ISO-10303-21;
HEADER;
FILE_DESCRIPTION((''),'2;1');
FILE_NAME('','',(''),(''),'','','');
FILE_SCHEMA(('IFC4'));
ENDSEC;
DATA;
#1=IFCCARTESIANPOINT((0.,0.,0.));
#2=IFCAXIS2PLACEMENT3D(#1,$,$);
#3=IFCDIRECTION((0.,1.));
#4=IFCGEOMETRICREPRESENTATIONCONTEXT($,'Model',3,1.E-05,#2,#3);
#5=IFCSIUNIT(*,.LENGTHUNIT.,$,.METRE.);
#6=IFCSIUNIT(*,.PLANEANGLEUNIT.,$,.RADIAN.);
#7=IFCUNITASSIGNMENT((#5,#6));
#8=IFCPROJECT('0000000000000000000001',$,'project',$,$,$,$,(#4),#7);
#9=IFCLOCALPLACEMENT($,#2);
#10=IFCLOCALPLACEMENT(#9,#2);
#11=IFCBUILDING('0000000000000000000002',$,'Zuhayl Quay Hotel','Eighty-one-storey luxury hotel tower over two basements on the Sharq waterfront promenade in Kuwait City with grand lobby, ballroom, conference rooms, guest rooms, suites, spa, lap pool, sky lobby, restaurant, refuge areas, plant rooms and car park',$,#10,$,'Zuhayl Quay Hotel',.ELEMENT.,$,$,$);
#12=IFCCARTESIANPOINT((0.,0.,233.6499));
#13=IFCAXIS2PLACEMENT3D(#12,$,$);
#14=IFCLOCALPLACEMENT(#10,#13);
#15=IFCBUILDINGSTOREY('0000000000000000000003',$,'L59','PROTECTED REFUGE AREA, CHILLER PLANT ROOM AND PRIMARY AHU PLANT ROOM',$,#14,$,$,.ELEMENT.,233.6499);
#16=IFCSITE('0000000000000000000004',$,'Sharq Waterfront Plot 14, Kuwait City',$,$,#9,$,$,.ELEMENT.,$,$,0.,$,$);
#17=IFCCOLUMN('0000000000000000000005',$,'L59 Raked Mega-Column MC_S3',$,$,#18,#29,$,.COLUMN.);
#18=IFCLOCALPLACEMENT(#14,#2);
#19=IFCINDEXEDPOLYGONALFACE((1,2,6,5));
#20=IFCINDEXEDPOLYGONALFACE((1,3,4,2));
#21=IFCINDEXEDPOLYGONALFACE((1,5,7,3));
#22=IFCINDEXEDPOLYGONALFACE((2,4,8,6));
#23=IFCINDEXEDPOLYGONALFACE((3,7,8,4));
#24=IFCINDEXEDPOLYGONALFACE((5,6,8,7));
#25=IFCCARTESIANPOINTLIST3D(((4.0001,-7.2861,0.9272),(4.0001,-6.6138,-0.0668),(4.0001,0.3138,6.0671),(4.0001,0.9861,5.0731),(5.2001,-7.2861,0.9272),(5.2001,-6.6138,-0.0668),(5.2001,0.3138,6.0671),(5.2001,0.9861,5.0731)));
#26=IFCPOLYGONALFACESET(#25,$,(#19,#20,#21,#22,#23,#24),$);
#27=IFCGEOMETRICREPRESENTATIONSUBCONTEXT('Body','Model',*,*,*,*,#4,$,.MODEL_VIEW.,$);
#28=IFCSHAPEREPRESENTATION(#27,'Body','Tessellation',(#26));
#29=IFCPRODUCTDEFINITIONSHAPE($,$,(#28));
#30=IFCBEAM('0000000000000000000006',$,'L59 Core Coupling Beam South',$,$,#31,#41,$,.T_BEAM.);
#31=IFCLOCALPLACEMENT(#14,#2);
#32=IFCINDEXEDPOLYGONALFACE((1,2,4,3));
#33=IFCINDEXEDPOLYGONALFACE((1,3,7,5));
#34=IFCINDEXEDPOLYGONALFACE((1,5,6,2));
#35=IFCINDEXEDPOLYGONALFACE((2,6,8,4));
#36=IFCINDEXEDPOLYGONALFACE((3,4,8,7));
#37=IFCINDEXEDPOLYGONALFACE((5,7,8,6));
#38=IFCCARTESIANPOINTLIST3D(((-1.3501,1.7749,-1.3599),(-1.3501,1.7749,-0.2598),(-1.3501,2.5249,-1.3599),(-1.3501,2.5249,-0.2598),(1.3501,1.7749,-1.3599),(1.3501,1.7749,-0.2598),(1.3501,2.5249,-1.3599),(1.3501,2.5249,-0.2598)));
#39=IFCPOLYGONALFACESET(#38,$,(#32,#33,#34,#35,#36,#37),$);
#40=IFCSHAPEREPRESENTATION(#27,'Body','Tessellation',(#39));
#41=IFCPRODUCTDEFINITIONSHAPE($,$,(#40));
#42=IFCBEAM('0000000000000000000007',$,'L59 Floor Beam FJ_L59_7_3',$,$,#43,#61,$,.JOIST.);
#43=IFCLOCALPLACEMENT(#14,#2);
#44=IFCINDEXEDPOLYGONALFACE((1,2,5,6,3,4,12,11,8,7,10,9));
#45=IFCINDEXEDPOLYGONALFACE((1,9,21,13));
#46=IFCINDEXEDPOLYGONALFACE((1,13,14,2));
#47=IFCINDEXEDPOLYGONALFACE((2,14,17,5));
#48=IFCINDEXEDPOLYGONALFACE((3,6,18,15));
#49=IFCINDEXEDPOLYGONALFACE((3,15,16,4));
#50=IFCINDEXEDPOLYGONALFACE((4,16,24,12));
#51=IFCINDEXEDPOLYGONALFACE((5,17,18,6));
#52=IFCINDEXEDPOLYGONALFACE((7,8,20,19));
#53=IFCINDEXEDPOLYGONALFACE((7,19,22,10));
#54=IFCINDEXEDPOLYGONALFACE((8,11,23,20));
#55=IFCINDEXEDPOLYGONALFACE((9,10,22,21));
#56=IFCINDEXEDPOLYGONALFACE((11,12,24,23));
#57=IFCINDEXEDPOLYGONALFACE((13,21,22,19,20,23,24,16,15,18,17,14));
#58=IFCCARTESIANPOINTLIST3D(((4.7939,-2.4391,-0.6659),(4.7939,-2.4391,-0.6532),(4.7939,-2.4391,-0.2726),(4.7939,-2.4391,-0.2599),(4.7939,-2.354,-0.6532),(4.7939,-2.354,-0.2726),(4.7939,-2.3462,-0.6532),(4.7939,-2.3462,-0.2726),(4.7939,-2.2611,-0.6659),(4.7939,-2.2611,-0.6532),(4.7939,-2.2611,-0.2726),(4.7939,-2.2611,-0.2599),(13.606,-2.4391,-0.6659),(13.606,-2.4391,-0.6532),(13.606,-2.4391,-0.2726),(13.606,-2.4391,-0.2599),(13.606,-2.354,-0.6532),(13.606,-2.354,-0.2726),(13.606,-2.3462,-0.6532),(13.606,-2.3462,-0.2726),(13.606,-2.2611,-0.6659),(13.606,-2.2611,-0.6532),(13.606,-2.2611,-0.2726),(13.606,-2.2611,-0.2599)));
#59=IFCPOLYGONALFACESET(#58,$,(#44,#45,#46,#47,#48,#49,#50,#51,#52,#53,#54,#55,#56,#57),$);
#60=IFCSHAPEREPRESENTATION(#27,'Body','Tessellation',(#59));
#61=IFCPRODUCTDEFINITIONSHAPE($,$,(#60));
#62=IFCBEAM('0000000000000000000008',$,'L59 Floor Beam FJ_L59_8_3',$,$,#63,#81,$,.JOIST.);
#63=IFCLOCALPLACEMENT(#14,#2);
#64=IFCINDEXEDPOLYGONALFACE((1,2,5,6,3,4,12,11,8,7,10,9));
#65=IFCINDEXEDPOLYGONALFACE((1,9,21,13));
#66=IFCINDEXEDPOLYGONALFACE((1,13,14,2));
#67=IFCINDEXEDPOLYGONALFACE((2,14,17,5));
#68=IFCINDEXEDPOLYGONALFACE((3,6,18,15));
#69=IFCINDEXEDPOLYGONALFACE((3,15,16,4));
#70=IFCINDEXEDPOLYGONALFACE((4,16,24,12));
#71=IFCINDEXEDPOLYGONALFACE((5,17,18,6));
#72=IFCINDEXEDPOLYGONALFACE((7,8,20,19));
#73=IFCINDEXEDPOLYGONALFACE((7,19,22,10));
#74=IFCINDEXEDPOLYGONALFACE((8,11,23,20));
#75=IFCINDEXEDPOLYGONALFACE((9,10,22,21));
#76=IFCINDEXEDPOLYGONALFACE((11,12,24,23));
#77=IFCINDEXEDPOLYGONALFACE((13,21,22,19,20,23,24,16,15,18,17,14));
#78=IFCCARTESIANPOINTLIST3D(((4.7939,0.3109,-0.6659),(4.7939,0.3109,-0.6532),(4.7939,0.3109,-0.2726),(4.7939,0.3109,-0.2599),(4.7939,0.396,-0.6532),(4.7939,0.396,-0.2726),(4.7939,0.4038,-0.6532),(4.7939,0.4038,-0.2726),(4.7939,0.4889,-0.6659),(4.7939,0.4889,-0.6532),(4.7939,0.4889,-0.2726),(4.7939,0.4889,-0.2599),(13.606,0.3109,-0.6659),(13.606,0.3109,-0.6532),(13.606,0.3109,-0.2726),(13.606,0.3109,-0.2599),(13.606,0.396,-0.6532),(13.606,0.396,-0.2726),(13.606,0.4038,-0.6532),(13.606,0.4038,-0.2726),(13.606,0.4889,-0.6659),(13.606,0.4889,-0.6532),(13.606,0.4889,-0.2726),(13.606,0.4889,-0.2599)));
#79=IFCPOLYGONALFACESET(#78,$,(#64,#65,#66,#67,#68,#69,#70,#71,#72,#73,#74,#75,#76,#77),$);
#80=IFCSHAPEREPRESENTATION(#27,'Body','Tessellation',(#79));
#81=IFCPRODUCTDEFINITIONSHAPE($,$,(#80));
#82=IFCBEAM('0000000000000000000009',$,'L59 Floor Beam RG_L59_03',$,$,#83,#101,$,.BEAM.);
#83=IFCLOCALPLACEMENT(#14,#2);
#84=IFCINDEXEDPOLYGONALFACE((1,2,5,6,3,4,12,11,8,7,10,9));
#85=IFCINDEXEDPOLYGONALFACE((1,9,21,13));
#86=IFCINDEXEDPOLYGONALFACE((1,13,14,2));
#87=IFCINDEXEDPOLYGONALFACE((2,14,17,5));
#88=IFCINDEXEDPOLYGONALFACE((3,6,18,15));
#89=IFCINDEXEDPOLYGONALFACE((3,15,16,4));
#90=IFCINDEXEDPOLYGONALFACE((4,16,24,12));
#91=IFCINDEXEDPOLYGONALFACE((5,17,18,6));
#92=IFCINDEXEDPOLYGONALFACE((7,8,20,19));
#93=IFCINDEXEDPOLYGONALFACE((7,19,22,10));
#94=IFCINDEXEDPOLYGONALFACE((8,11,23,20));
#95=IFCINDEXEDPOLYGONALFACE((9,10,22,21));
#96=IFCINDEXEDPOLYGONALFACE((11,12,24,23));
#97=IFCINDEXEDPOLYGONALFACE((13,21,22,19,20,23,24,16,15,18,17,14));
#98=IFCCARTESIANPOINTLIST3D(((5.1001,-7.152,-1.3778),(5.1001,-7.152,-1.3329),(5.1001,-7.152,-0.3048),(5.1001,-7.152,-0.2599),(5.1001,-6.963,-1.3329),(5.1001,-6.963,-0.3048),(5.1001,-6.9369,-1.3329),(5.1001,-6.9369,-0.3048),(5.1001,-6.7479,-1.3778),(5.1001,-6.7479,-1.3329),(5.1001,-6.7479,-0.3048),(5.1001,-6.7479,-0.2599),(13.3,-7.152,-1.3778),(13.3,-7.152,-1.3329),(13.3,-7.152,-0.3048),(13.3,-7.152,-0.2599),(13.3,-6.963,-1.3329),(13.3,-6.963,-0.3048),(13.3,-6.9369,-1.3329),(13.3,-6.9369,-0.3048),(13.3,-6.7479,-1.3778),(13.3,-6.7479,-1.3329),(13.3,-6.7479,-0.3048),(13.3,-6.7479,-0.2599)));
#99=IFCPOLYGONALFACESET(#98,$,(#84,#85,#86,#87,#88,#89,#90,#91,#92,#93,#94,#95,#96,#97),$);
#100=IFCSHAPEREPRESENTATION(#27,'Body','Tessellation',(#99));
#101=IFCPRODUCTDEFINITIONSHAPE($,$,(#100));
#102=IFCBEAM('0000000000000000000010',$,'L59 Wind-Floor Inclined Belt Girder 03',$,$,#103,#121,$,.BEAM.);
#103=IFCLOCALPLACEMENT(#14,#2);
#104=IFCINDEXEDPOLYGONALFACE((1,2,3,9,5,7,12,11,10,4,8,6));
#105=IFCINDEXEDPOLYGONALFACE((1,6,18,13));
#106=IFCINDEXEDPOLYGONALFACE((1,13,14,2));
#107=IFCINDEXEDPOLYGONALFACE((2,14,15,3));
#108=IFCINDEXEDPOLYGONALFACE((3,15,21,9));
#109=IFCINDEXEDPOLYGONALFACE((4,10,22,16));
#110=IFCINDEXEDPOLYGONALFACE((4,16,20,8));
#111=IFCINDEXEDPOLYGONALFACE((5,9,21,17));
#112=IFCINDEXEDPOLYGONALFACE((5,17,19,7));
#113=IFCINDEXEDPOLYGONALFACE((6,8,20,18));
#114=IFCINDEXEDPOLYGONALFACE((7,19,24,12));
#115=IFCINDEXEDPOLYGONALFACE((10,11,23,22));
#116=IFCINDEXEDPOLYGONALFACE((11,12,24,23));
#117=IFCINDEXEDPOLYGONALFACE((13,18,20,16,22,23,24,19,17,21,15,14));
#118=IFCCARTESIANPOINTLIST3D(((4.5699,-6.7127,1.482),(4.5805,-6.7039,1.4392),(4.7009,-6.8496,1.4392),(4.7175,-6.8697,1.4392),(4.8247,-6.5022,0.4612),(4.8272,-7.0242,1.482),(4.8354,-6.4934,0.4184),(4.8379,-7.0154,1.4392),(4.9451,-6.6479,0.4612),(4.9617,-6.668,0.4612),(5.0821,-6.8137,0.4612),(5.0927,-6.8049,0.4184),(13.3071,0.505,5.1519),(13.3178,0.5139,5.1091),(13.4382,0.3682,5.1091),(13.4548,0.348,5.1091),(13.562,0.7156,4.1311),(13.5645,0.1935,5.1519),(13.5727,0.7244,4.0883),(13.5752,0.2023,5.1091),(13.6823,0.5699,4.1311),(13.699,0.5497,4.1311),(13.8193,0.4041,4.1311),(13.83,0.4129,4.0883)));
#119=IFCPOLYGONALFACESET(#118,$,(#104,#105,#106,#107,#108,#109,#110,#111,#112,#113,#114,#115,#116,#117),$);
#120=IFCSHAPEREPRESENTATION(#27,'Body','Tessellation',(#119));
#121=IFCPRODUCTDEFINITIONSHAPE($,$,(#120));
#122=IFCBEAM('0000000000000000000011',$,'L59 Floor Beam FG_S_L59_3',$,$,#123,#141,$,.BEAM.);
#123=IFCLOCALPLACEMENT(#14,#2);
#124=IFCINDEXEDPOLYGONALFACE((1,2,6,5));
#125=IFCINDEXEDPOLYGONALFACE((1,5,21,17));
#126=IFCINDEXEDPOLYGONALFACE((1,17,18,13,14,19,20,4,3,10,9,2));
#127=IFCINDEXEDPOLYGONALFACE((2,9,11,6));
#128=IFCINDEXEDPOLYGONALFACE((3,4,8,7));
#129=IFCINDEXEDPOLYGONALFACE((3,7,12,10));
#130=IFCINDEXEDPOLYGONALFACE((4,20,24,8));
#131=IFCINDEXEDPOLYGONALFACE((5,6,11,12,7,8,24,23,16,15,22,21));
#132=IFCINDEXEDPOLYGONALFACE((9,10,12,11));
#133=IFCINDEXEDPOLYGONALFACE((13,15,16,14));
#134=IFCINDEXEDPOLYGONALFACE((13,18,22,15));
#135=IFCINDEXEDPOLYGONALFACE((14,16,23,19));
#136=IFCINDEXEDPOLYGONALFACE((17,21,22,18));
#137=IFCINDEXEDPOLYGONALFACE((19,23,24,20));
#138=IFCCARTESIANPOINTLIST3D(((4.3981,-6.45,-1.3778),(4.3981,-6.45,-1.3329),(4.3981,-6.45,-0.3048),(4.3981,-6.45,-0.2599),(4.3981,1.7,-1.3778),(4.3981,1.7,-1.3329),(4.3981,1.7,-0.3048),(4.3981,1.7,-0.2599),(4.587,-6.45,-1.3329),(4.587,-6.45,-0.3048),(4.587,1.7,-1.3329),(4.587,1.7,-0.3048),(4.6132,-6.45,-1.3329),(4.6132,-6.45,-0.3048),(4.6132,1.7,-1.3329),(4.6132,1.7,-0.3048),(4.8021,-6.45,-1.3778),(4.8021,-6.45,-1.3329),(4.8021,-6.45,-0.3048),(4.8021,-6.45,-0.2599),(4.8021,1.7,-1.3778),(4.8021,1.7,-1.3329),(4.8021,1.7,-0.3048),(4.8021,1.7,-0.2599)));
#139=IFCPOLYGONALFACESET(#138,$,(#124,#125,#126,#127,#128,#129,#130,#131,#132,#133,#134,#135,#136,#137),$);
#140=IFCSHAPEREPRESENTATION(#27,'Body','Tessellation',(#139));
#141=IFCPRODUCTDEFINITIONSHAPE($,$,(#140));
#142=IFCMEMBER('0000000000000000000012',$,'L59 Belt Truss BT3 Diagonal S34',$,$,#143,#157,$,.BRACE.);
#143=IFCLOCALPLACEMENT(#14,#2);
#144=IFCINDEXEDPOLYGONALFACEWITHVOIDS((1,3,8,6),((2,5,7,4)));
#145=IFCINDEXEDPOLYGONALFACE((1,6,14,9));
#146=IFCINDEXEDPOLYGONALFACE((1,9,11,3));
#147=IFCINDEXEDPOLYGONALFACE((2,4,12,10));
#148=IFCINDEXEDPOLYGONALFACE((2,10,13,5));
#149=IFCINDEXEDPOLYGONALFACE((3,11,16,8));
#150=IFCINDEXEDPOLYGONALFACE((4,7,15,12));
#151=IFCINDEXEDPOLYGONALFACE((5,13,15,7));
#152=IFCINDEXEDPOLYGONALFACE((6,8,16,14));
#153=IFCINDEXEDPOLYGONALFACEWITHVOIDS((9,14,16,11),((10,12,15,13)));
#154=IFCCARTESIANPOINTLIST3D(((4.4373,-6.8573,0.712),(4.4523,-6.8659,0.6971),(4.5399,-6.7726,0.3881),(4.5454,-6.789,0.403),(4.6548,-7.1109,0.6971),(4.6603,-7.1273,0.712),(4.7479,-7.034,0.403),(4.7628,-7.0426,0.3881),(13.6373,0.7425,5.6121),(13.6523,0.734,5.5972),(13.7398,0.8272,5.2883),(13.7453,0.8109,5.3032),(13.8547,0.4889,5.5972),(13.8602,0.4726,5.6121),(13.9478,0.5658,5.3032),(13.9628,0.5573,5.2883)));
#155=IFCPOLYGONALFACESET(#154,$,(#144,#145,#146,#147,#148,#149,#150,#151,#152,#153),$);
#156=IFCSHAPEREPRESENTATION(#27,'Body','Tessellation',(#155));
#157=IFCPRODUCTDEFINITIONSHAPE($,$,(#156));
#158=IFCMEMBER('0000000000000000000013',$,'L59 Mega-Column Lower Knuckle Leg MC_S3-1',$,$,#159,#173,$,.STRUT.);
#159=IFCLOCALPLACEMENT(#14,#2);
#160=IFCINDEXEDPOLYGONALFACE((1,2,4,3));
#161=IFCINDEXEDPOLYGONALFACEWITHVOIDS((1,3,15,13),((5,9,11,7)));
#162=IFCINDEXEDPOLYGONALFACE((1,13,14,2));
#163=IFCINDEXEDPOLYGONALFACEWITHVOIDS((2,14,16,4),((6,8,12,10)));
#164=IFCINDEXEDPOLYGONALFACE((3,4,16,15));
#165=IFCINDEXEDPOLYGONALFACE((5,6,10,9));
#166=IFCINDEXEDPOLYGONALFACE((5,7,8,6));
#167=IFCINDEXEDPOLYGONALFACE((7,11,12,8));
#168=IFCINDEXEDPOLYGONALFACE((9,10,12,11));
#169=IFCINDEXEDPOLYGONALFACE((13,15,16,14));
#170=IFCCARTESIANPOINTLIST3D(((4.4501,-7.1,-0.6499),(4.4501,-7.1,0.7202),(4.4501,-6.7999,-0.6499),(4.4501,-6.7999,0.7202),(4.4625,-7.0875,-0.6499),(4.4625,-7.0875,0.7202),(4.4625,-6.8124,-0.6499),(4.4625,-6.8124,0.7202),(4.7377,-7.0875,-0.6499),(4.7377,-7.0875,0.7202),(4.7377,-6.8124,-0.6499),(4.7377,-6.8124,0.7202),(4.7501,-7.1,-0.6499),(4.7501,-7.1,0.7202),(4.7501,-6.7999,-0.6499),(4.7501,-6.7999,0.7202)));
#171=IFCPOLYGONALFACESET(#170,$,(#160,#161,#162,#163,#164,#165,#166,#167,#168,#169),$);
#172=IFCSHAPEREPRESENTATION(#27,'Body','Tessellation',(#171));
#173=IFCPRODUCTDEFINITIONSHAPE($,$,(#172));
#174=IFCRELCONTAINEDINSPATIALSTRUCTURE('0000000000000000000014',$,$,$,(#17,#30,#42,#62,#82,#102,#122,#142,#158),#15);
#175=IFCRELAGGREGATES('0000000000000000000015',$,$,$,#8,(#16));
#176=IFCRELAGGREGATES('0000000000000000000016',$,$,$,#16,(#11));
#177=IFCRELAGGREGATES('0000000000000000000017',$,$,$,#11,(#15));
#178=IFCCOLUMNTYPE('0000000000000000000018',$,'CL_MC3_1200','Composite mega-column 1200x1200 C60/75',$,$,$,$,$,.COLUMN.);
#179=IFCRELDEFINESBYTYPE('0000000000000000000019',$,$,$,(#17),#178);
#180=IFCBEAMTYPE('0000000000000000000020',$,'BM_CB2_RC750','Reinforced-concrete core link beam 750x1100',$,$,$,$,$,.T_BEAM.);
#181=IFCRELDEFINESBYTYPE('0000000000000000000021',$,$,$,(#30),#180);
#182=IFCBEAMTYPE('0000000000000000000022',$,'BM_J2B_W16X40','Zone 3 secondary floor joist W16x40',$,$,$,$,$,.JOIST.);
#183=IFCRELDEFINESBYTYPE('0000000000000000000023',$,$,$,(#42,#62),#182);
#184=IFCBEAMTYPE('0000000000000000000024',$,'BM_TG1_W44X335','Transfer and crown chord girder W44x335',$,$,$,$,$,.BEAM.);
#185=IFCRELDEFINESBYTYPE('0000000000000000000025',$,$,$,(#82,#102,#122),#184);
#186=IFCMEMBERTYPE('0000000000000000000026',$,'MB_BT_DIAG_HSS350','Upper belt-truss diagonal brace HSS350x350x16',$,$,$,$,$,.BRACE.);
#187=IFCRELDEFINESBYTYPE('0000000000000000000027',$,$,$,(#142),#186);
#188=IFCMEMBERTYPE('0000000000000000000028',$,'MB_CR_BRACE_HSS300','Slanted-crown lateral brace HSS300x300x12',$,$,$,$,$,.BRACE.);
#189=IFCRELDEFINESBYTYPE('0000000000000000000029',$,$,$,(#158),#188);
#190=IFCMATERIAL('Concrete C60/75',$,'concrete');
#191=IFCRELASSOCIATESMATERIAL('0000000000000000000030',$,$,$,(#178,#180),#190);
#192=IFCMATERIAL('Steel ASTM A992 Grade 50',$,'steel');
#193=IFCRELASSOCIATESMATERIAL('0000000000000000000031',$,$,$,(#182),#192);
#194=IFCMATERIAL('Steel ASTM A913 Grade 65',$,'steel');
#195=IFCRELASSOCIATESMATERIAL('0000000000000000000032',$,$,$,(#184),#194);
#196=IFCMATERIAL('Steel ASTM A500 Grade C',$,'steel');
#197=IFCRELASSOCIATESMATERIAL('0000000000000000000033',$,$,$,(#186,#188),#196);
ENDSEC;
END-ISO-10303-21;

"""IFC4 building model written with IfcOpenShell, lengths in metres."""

from ifc_helpers import new_model, si_unit, direction, frame, origin, origin_2d, place, context, subcontext, project, spatial, rectangle, hollow_rectangle, i_section, extrude, material, material_profile, profile_set, type_object, element, save


model = new_model("IFC4")

# Units and contexts
model_context = context("Model", 3, precision=1e-05, world=origin(), true_north=direction((0.0, 1.0)))
body_context = subcontext(model_context, "Body", "Model", "MODEL_VIEW")
ifc_project = project(units=[si_unit("LENGTHUNIT", "METRE"), si_unit("PLANEANGLEUNIT", "RADIAN")], contexts=[model_context])

# Site, building, storey
site_placement = place(None, origin())
site = spatial("IfcSite", under=ifc_project, at=site_placement, Name="Sharq Waterfront Plot 14, Kuwait City", CompositionType="ELEMENT", RefElevation=0.0)
building_placement = place(site_placement, origin())
building = spatial("IfcBuilding", under=site, at=building_placement, Name="Zuhayl Quay Hotel", Description="Eighty-one-storey luxury hotel tower over two basements on the Sharq waterfront promenade in Kuwait City with grand lobby, ballroom, conference rooms, guest rooms, suites, spa, lap pool, sky lobby, restaurant, refuge areas, plant rooms and car park", LongName="Zuhayl Quay Hotel", CompositionType="ELEMENT")
storey_placement = place(building_placement, frame((0.0, 0.0, 233.6499)))
storey = spatial("IfcBuildingStorey", under=building, at=storey_placement, Name="L59", Description="PROTECTED REFUGE AREA, CHILLER PLANT ROOM AND PRIMARY AHU PLANT ROOM", CompositionType="ELEMENT", Elevation=233.6499)

# Column
ifc_material_1 = material(Name="Concrete C60/75", Category="concrete")
ifc_material_profile_1 = material_profile(ifc_material_1, rectangle(XDim=1.2, YDim=1.2, at=origin_2d()), Name="RC1200X1200")
ifc_profile_set_1 = profile_set([ifc_material_profile_1], Name="Concrete C60/75")
column_type = type_object("IfcColumnType", Name="CL_MC3_1200", Description="Composite mega-column 1200x1200 C60/75", PredefinedType="COLUMN", material=ifc_profile_set_1)
column_placement = place(storey_placement, frame((4.6001, -6.95, 0.4302), z_axis=(0.0, 0.828343, 0.560221), x_axis=(-1.0, 0.0, 0.0)))
element("IfcColumn", 1, at=column_placement, inside=storey, type_object=column_type, Name="L59 Raked Mega-Column MC_S3", PredefinedType="COLUMN", context=body_context, shape_type="SweptSolid", body=[
    extrude(rectangle(XDim=1.2, YDim=1.2, at=origin_2d()), origin(), (0.0, 0.0, 1.0), 9.1748),
])

# Beams
ifc_material_profile_2 = material_profile(ifc_material_1, rectangle(XDim=0.75, YDim=1.1001, at=origin_2d()), Name="RC750X1100")
ifc_profile_set_2 = profile_set([ifc_material_profile_2], Name="Concrete C60/75")
beam_type_1 = type_object("IfcBeamType", Name="BM_CB2_RC750", Description="Reinforced-concrete core link beam 750x1100", PredefinedType="T_BEAM", material=ifc_profile_set_2)
beam_1_placement = place(storey_placement, frame((-1.3501, 2.1499, -0.8098), z_axis=(1.0, 0.0, 0.0), x_axis=(0.0, 1.0, 0.0)))
element("IfcBeam", 2, at=beam_1_placement, inside=storey, type_object=beam_type_1, Name="L59 Core Coupling Beam South", PredefinedType="T_BEAM", context=body_context, shape_type="SweptSolid", body=[
    extrude(rectangle(XDim=0.75, YDim=1.1001, at=origin_2d()), origin(), (0.0, 0.0, 1.0), 2.7002),
])
ifc_material_2 = material(Name="Steel ASTM A992 Grade 50", Category="steel")
ifc_material_profile_3 = material_profile(ifc_material_2, i_section(OverallWidth=0.178, OverallDepth=0.406, WebThickness=0.0078, FlangeThickness=0.0127, at=origin_2d()), Name="W16X40")
ifc_profile_set_3 = profile_set([ifc_material_profile_3], Name="Steel ASTM A992 Grade 50")
beam_type_2 = type_object("IfcBeamType", Name="BM_J2B_W16X40", Description="Zone 3 secondary floor joist W16x40", PredefinedType="JOIST", material=ifc_profile_set_3)
for number, where, z_axis, x_axis, name in (
    (3, (4.7939, -2.3501, -0.4629), (1.0, 0.0, 0.0), (0.0, 1.0, 0.0), "L59 Floor Beam FJ_L59_7_3"),
    (4, (4.7939, 0.3999, -0.4629), (1.0, 0.0, 0.0), (0.0, 1.0, 0.0), "L59 Floor Beam FJ_L59_8_3"),
):
    element("IfcBeam", number, at=place(storey_placement, frame(where, z_axis=z_axis, x_axis=x_axis)), inside=storey, type_object=beam_type_2, Name=name, PredefinedType="JOIST", context=body_context, shape_type="SweptSolid", body=[
        extrude(i_section(OverallWidth=0.178, OverallDepth=0.406, WebThickness=0.0078, FlangeThickness=0.0127, at=origin_2d()), origin(), (0.0, 0.0, 1.0), 8.812),
    ])
ifc_material_3 = material(Name="Steel ASTM A913 Grade 65", Category="steel")
ifc_material_profile_4 = material_profile(ifc_material_3, i_section(OverallWidth=0.4041, OverallDepth=1.1179, WebThickness=0.0261, FlangeThickness=0.0449, at=origin_2d()), Name="W44X335")
ifc_profile_set_4 = profile_set([ifc_material_profile_4], Name="Steel ASTM A913 Grade 65")
beam_type_3 = type_object("IfcBeamType", Name="BM_TG1_W44X335", Description="Transfer and crown chord girder W44x335", PredefinedType="BEAM", material=ifc_profile_set_4)
beam_2_placement = place(storey_placement, frame((5.1001, -6.95, -0.8188), z_axis=(1.0, 0.0, 0.0), x_axis=(0.0, 1.0, 0.0)))
element("IfcBeam", 5, at=beam_2_placement, inside=storey, type_object=beam_type_3, Name="L59 Floor Beam RG_L59_03", PredefinedType="BEAM", context=body_context, shape_type="SweptSolid", body=[
    extrude(i_section(OverallWidth=0.4041, OverallDepth=1.1179, WebThickness=0.0261, FlangeThickness=0.0449, at=origin_2d()), origin(), (0.0, 0.0, 1.0), 8.2),
])
beam_3_placement = place(storey_placement, frame((4.8313, -6.7588, 0.9502), z_axis=(0.733464, 0.605905, 0.308076), x_axis=(-0.636881, 0.770962, 0.0)))
element("IfcBeam", 6, at=beam_3_placement, inside=storey, type_object=beam_type_3, Name="L59 Wind-Floor Inclined Belt Girder 03", PredefinedType="BEAM", context=body_context, shape_type="SweptSolid", body=[
    extrude(i_section(OverallWidth=0.4041, OverallDepth=1.1179, WebThickness=0.0261, FlangeThickness=0.0449, at=origin_2d()), origin(), (0.0, 0.0, 1.0), 11.9124),
])
beam_4_placement = place(storey_placement, frame((4.6001, -6.45, -0.8188), z_axis=(0.0, 1.0, 0.0), x_axis=(-1.0, 0.0, 0.0)))
element("IfcBeam", 7, at=beam_4_placement, inside=storey, type_object=beam_type_3, Name="L59 Floor Beam FG_S_L59_3", PredefinedType="BEAM", context=body_context, shape_type="SweptSolid", body=[
    extrude(i_section(OverallWidth=0.4041, OverallDepth=1.1179, WebThickness=0.0261, FlangeThickness=0.0449, at=origin_2d()), origin(), (0.0, 0.0, 1.0), 8.1499),
])

# Members
ifc_material_4 = material(Name="Steel ASTM A500 Grade C", Category="steel")
ifc_material_profile_5 = material_profile(ifc_material_4, hollow_rectangle(XDim=0.3501, YDim=0.3501, WallThickness=0.0161, at=origin_2d()), Name="HSS350X350X16")
ifc_profile_set_5 = profile_set([ifc_material_profile_5], Name="Steel ASTM A500 Grade C")
member_type_1 = type_object("IfcMemberType", Name="MB_BT_DIAG_HSS350", Description="Upper belt-truss diagonal brace HSS350x350x16", PredefinedType="BRACE", material=ifc_profile_set_5)
member_placement = place(storey_placement, frame((4.6001, -6.95, 0.55), z_axis=(0.713178, 0.589139, 0.379858), x_axis=(-0.636876, 0.770966, 0.0)))
element("IfcMember", 8, at=member_placement, inside=storey, type_object=member_type_1, Name="L59 Belt Truss BT3 Diagonal S34", PredefinedType="BRACE", context=body_context, shape_type="SweptSolid", body=[
    extrude(hollow_rectangle(XDim=0.3501, YDim=0.3501, WallThickness=0.0161, at=origin_2d()), origin(), (0.0, 0.0, 1.0), 12.8999),
])
ifc_material_profile_6 = material_profile(ifc_material_4, hollow_rectangle(XDim=0.3, YDim=0.3, WallThickness=0.0125, at=origin_2d()), Name="HSS300X300X12")
ifc_profile_set_6 = profile_set([ifc_material_profile_6], Name="Steel ASTM A500 Grade C")
member_type_2 = type_object("IfcMemberType", Name="MB_CR_BRACE_HSS300", Description="Slanted-crown lateral brace HSS300x300x12", PredefinedType="BRACE", material=ifc_profile_set_6)
for number, where, z_axis, x_axis, name in (
    (9, (4.6001, -6.95, -0.6499), (0.0, 0.0, 1.0), (1.0, 0.0, 0.0), "L59 Mega-Column Lower Knuckle Leg MC_S3-1"),
):
    element("IfcMember", number, at=place(storey_placement, frame(where, z_axis=z_axis, x_axis=x_axis)), inside=storey, type_object=member_type_2, Name=name, PredefinedType="STRUT", context=body_context, shape_type="SweptSolid", body=[
        extrude(hollow_rectangle(XDim=0.3, YDim=0.3, WallThickness=0.0125, at=origin_2d()), origin(), (0.0, 0.0, 1.0), 1.3701),
    ])

save(model, "model.ifc")
